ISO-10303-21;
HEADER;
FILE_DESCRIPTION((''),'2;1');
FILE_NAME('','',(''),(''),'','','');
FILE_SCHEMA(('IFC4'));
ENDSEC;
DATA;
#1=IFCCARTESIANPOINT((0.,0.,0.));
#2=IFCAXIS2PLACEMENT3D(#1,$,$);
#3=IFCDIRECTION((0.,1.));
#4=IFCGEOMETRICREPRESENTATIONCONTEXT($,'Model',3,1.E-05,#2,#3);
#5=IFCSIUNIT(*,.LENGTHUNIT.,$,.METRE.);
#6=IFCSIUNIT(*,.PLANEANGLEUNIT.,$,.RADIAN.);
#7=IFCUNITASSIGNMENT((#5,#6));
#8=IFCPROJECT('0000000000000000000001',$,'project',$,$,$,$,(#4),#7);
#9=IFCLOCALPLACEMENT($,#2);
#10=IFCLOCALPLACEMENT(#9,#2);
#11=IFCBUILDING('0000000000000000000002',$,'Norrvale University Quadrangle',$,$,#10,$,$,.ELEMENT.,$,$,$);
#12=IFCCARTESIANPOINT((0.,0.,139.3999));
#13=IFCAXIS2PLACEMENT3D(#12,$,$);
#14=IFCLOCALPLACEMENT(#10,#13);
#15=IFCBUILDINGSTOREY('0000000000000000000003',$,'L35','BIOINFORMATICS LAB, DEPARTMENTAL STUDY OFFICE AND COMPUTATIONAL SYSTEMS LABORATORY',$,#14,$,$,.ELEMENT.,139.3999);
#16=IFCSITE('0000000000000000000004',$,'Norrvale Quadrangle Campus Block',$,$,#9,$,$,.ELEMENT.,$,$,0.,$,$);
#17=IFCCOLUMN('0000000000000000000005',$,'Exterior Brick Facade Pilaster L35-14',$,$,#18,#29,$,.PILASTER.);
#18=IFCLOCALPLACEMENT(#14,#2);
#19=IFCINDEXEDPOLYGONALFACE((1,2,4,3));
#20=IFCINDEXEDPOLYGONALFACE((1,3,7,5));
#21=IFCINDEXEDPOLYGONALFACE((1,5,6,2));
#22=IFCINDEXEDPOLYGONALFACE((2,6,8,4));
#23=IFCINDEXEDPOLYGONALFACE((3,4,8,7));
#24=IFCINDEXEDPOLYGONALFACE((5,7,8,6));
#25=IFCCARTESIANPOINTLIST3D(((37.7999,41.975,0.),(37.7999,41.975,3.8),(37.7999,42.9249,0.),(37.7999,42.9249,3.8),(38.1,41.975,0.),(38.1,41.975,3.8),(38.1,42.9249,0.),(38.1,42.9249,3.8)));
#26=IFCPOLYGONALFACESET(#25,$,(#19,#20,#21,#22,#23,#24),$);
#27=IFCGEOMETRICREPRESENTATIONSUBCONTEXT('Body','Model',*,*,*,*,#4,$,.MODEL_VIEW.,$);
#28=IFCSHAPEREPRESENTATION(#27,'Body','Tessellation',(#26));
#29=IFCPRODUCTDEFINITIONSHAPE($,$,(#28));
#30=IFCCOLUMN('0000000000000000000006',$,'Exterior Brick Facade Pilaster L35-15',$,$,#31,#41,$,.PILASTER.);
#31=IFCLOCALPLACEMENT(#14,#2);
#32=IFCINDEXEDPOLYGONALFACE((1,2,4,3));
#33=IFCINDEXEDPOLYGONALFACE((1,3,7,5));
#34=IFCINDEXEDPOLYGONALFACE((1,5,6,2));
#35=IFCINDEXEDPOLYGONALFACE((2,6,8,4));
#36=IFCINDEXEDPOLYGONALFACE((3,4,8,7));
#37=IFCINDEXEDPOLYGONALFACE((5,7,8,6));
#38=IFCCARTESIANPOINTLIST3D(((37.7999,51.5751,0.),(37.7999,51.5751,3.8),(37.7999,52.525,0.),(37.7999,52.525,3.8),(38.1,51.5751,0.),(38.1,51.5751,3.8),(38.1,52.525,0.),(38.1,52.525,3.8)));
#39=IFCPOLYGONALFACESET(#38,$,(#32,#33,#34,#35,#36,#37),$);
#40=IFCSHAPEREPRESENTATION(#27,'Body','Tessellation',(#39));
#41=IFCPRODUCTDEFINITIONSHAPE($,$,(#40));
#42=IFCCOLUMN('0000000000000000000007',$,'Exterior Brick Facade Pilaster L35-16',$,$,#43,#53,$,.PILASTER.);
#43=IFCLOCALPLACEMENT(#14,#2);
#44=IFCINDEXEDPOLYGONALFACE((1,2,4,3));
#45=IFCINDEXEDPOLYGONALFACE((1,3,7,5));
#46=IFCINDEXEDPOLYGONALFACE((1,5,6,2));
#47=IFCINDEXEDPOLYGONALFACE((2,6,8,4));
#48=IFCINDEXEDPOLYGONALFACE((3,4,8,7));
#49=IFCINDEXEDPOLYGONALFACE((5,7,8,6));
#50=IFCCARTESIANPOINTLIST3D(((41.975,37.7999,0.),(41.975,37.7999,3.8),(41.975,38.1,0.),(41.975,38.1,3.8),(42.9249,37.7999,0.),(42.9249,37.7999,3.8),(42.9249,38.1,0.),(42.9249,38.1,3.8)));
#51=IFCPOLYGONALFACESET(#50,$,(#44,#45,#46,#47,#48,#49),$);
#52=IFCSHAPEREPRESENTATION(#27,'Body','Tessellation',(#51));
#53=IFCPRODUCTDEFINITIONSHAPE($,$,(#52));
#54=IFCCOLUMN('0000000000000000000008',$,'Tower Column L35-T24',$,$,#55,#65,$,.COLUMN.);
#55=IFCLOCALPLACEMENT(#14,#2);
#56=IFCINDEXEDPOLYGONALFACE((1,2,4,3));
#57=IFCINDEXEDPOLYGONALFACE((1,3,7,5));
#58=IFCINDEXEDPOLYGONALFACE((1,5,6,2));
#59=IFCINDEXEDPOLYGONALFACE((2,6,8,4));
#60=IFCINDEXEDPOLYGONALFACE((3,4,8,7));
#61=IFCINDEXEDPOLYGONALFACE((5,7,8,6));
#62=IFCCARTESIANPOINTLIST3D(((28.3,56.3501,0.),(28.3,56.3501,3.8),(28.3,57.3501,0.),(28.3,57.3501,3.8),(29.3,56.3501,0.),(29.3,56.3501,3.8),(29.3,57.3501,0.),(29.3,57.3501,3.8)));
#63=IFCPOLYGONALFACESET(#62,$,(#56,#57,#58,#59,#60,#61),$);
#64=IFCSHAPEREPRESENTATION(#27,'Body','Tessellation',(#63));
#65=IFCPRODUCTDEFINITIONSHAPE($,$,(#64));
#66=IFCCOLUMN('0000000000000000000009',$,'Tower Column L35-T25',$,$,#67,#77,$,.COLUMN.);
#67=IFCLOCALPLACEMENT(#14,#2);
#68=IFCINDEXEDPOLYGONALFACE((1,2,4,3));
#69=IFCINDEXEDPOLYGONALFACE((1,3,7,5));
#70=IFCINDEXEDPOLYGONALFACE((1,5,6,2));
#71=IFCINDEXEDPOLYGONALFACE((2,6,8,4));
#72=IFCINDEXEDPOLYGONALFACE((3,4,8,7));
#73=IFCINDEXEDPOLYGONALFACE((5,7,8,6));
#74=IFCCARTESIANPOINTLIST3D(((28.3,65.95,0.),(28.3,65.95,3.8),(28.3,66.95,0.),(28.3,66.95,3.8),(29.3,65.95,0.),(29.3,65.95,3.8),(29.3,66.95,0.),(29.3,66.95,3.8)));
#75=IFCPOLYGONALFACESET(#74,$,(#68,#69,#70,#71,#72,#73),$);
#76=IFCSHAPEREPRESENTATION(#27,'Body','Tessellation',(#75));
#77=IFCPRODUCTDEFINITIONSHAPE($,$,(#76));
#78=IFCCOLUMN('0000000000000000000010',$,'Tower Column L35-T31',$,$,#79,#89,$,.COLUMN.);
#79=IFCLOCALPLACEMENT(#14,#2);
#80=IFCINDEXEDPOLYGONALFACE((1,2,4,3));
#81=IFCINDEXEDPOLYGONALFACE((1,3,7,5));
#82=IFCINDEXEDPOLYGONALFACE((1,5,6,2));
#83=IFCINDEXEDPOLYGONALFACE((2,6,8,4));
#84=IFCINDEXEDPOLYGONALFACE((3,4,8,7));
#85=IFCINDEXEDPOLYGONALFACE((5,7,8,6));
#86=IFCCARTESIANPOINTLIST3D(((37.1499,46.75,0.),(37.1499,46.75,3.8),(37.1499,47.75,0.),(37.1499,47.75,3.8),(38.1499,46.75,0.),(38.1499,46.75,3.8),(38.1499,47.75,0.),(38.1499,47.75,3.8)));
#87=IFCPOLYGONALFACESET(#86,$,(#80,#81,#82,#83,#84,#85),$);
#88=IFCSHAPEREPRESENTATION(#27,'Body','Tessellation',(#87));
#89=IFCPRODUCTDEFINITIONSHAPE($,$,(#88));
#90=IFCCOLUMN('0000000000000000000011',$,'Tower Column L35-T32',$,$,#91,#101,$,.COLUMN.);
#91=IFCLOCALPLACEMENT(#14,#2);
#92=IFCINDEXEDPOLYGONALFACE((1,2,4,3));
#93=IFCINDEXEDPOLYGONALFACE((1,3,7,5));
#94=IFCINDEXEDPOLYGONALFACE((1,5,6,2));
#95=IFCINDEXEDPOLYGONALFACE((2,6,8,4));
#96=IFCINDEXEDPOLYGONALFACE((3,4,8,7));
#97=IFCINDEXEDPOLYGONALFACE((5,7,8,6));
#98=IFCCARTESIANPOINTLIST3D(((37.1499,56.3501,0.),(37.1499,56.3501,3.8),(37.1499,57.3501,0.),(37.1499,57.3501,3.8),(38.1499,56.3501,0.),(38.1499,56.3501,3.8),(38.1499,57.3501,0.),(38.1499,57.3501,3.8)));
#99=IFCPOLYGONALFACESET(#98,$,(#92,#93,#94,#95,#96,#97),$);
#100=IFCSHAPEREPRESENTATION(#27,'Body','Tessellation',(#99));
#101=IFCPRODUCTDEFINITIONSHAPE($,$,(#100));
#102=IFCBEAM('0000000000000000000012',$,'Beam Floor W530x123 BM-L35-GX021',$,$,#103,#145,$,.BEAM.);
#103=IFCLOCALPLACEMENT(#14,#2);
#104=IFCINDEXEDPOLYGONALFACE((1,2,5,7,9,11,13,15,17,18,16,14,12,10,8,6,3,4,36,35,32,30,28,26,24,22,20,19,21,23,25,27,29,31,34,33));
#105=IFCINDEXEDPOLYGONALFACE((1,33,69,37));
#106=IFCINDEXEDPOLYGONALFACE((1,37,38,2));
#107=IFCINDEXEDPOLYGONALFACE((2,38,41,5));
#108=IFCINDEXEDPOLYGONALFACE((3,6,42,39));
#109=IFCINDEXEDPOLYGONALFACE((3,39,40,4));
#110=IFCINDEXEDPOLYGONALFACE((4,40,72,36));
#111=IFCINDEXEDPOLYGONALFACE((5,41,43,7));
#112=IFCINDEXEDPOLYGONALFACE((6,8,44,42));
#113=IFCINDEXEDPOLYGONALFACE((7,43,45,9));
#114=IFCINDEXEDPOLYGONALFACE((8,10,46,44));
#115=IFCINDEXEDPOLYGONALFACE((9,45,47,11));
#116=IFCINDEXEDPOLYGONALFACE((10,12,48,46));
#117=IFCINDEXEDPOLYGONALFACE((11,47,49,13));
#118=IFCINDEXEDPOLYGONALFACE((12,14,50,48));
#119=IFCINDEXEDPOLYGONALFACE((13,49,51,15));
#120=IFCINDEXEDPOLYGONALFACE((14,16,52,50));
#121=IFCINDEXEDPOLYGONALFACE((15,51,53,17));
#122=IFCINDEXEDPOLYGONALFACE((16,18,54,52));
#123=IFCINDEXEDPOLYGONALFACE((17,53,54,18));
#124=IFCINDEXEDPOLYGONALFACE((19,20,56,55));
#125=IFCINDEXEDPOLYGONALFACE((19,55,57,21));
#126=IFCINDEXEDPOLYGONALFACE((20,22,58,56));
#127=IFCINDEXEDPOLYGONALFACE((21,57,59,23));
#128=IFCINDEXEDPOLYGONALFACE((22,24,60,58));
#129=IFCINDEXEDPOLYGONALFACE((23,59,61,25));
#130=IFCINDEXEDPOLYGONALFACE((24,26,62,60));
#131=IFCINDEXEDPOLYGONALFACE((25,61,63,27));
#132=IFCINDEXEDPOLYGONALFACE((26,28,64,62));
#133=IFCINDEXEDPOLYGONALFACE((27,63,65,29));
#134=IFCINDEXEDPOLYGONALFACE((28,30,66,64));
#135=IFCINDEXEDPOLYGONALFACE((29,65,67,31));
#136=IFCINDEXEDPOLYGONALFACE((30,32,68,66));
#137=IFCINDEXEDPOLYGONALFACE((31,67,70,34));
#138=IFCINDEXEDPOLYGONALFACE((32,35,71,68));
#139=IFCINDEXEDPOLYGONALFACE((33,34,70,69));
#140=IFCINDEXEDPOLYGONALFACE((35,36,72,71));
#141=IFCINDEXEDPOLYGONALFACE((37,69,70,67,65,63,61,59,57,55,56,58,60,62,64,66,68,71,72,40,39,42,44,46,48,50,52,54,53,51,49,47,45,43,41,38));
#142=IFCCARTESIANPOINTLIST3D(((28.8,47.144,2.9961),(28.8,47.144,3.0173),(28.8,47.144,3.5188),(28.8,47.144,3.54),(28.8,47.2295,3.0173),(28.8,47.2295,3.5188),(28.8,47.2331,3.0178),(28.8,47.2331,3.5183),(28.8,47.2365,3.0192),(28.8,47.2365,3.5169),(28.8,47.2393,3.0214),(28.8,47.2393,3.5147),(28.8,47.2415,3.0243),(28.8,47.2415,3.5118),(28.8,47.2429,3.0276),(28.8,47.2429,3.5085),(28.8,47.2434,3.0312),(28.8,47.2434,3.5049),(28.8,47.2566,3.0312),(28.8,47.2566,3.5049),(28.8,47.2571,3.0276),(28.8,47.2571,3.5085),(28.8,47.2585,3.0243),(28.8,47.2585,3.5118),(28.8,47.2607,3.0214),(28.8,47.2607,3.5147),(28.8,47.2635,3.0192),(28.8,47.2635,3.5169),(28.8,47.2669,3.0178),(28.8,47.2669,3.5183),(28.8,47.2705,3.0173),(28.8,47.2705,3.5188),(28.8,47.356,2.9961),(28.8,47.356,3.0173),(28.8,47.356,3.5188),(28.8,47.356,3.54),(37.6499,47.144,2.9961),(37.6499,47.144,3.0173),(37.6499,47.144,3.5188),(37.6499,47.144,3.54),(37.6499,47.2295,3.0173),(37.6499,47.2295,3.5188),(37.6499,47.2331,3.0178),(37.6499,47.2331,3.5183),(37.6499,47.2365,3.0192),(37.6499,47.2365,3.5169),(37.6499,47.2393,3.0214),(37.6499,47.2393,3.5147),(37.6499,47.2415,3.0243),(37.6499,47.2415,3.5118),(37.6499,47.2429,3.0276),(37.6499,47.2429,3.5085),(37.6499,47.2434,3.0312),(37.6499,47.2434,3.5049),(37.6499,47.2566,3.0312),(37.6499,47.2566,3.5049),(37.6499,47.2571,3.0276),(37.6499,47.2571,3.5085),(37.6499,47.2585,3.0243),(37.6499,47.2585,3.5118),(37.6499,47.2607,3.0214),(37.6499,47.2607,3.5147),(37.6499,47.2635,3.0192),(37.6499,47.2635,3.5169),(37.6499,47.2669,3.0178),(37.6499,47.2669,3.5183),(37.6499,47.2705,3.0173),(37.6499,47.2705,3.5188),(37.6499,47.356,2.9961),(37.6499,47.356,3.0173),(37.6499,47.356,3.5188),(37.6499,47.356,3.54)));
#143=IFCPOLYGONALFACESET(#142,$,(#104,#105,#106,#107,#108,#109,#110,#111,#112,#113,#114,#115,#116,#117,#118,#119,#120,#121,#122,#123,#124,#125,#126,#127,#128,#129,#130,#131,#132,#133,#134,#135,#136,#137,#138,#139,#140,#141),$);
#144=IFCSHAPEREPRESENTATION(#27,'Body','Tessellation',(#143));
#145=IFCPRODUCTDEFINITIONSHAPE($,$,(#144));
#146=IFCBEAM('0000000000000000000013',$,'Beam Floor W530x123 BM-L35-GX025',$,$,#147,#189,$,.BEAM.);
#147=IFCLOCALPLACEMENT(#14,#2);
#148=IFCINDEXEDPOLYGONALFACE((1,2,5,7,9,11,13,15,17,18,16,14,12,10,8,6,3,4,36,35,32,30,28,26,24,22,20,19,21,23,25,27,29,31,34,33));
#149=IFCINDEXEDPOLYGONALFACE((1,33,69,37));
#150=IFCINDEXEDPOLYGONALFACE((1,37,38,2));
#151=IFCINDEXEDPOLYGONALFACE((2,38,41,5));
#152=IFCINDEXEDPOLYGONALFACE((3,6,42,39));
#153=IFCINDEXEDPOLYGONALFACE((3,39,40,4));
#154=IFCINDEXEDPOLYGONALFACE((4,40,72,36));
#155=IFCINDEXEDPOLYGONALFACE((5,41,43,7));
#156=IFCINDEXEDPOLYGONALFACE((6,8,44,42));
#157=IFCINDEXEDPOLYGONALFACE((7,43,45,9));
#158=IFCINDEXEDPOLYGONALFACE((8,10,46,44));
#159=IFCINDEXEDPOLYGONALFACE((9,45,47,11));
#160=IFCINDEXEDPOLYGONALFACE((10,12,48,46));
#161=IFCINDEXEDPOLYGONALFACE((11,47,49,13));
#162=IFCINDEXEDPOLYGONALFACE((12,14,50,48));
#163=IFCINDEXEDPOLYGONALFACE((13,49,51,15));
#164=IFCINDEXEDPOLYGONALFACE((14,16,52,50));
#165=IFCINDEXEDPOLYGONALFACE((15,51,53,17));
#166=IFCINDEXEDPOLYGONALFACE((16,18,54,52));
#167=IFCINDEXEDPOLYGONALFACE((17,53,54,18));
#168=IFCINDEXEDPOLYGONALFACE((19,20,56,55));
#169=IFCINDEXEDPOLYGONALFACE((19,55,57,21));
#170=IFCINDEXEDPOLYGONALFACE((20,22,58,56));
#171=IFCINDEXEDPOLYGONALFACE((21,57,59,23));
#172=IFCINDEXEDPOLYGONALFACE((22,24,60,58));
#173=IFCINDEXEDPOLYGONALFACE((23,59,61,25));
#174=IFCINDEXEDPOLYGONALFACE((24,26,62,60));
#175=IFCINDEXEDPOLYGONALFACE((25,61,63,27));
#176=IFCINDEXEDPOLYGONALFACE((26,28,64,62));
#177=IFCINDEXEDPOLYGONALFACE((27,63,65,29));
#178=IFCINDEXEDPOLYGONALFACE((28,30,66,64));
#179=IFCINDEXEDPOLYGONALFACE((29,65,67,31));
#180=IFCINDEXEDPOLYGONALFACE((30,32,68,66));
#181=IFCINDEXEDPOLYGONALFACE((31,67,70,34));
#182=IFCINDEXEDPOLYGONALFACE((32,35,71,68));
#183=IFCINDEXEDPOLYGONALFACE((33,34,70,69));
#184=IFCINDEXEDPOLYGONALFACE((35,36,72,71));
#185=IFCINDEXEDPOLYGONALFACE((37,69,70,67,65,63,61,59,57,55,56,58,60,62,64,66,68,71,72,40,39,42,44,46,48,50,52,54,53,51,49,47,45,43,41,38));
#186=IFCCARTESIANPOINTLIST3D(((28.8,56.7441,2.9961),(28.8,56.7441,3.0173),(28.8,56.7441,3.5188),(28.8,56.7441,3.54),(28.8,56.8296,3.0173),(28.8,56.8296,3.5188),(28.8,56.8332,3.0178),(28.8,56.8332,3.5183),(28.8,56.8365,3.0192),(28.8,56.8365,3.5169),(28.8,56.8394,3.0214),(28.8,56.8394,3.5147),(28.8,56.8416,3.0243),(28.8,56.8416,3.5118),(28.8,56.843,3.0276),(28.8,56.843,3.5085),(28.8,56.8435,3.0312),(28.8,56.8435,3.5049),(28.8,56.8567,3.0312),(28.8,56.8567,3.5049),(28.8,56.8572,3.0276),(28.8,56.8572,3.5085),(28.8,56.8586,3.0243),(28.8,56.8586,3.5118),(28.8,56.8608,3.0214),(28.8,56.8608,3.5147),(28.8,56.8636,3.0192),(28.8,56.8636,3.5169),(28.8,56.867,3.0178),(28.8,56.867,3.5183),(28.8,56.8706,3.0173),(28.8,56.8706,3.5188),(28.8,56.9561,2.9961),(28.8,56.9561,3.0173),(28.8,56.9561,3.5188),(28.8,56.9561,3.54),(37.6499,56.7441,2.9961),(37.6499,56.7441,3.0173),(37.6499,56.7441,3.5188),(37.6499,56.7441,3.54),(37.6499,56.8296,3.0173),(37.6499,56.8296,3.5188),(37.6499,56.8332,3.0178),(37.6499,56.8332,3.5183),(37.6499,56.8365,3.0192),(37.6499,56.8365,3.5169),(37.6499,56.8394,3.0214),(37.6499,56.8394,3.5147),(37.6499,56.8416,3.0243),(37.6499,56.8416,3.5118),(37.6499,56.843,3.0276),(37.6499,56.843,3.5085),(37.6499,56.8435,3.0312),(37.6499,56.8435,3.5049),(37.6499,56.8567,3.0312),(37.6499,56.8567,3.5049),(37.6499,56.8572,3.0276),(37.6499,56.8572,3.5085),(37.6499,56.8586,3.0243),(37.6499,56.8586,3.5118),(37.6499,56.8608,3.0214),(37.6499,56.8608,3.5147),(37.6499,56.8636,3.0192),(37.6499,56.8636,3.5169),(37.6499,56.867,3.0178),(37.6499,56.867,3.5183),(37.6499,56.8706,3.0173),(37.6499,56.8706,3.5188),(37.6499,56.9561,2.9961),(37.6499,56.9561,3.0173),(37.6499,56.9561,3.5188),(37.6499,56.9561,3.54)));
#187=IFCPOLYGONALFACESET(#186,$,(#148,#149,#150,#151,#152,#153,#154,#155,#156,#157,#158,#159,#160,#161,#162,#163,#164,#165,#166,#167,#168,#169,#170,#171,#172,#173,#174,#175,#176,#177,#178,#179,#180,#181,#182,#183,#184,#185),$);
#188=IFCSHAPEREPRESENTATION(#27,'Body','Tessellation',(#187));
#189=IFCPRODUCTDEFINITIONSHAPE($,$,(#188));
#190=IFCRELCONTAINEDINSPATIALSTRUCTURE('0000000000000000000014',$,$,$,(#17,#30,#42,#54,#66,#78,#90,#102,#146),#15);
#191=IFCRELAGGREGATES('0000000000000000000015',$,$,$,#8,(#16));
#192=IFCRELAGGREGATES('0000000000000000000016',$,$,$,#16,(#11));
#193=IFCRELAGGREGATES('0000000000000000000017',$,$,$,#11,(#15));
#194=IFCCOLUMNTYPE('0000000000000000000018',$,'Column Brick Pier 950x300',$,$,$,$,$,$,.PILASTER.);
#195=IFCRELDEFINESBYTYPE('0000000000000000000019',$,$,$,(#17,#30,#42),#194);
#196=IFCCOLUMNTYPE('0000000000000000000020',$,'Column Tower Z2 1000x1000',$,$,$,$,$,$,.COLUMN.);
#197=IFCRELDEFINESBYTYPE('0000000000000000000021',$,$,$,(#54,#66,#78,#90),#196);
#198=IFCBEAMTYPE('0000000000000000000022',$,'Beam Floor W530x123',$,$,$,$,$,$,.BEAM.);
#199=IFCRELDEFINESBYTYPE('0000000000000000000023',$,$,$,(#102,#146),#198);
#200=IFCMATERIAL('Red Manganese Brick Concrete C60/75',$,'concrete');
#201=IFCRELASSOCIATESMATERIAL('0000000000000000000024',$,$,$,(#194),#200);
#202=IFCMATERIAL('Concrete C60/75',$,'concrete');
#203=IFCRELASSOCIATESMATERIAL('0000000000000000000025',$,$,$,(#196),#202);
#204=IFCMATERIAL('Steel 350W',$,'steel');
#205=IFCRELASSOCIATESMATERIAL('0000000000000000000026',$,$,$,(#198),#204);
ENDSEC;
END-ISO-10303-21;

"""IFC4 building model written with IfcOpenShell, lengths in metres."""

from ifc_helpers import new_model, si_unit, direction, frame, origin, origin_2d, place, context, subcontext, project, spatial, rectangle, i_section, extrude, material, material_profile, profile_set, type_object, element, save


model = new_model("IFC4")

# Units and contexts
model_context = context("Model", 3, precision=1e-05, world=origin(), true_north=direction((0.0, 1.0)))
body_context = subcontext(model_context, "Body", "Model", "MODEL_VIEW")
ifc_project = project(units=[si_unit("LENGTHUNIT", "METRE"), si_unit("PLANEANGLEUNIT", "RADIAN")], contexts=[model_context])

# Site, building, storey
site_placement = place(None, origin())
site = spatial("IfcSite", under=ifc_project, at=site_placement, Name="Norrvale Quadrangle Campus Block", CompositionType="ELEMENT", RefElevation=0.0)
building_placement = place(site_placement, origin())
building = spatial("IfcBuilding", under=site, at=building_placement, Name="Norrvale University Quadrangle", CompositionType="ELEMENT")
storey_placement = place(building_placement, frame((0.0, 0.0, 139.3999)))
storey = spatial("IfcBuildingStorey", under=building, at=storey_placement, Name="L35", Description="BIOINFORMATICS LAB, DEPARTMENTAL STUDY OFFICE AND COMPUTATIONAL SYSTEMS LABORATORY", CompositionType="ELEMENT", Elevation=139.3999)

# Columns
ifc_material_1 = material(Name="Red Manganese Brick Concrete C60/75", Category="concrete")
ifc_material_profile_1 = material_profile(ifc_material_1, rectangle(XDim=0.95, YDim=0.3, at=origin_2d()), Name="Red Manganese Brick Concrete C60/75")
ifc_profile_set_1 = profile_set([ifc_material_profile_1], Name="Red Manganese Brick Concrete C60/75")
column_type_1 = type_object("IfcColumnType", Name="Column Brick Pier 950x300", PredefinedType="PILASTER", material=ifc_profile_set_1)
for number, where, z_axis, x_axis, name in (
    (1, (37.95, 42.45, 0.0), (0.0, 0.0, 1.0), (0.0, 1.0, 0.0), "Exterior Brick Facade Pilaster L35-14"),
    (2, (37.95, 52.05, 0.0), (0.0, 0.0, 1.0), (0.0, 1.0, 0.0), "Exterior Brick Facade Pilaster L35-15"),
    (3, (42.45, 37.95, 0.0), (0.0, 0.0, 1.0), (1.0, 0.0, 0.0), "Exterior Brick Facade Pilaster L35-16"),
):
    element("IfcColumn", number, at=place(storey_placement, frame(where, z_axis=z_axis, x_axis=x_axis)), inside=storey, type_object=column_type_1, Name=name, PredefinedType="PILASTER", context=body_context, shape_type="SweptSolid", body=[
        extrude(rectangle(XDim=0.95, YDim=0.3, at=origin_2d()), origin(), (0.0, 0.0, 1.0), 3.8),
    ])
ifc_material_2 = material(Name="Concrete C60/75", Category="concrete")
ifc_material_profile_2 = material_profile(ifc_material_2, rectangle(XDim=1.0, YDim=1.0, at=origin_2d()), Name="Concrete C60/75")
ifc_profile_set_2 = profile_set([ifc_material_profile_2], Name="Concrete C60/75")
column_type_2 = type_object("IfcColumnType", Name="Column Tower Z2 1000x1000", PredefinedType="COLUMN", material=ifc_profile_set_2)
for number, where, z_axis, x_axis, name in (
    (4, (28.8, 56.8501, 0.0), (0.0, 0.0, 1.0), (1.0, 0.0, 0.0), "Tower Column L35-T24"),
    (5, (28.8, 66.45, 0.0), (0.0, 0.0, 1.0), (1.0, 0.0, 0.0), "Tower Column L35-T25"),
    (6, (37.6499, 47.25, 0.0), (0.0, 0.0, 1.0), (1.0, 0.0, 0.0), "Tower Column L35-T31"),
    (7, (37.6499, 56.8501, 0.0), (0.0, 0.0, 1.0), (1.0, 0.0, 0.0), "Tower Column L35-T32"),
):
    element("IfcColumn", number, at=place(storey_placement, frame(where, z_axis=z_axis, x_axis=x_axis)), inside=storey, type_object=column_type_2, Name=name, PredefinedType="COLUMN", context=body_context, shape_type="SweptSolid", body=[
        extrude(rectangle(XDim=1.0, YDim=1.0, at=origin_2d()), origin(), (0.0, 0.0, 1.0), 3.8),
    ])

# Beams
ifc_material_3 = material(Name="Steel 350W", Category="steel")
ifc_material_profile_3 = material_profile(ifc_material_3, i_section(OverallWidth=0.2119, OverallDepth=0.5439, WebThickness=0.0132, FlangeThickness=0.0212, FilletRadius=0.0139, at=origin_2d()), Name="Steel 350W")
ifc_profile_set_3 = profile_set([ifc_material_profile_3], Name="Steel 350W")
beam_type_1 = type_object("IfcBeamType", Name="Beam Floor W530x123", PredefinedType="BEAM", material=ifc_profile_set_3)
for number, where, z_axis, x_axis, name in (
    (8, (28.8, 47.25, 3.2681), (1.0, 0.0, 0.0), (0.0, 1.0, 0.0), "Beam Floor W530x123 BM-L35-GX021"),
    (9, (28.8, 56.8501, 3.2681), (1.0, 0.0, 0.0), (0.0, 1.0, 0.0), "Beam Floor W530x123 BM-L35-GX025"),
):
    element("IfcBeam", number, at=place(storey_placement, frame(where, z_axis=z_axis, x_axis=x_axis)), inside=storey, type_object=beam_type_1, Name=name, PredefinedType="BEAM", context=body_context, shape_type="SweptSolid", body=[
        extrude(i_section(OverallWidth=0.2119, OverallDepth=0.5439, WebThickness=0.0132, FlangeThickness=0.0212, FilletRadius=0.0139, at=origin_2d()), origin(), (0.0, 0.0, 1.0), 8.8499),
    ])

save(model, "model.ifc")
